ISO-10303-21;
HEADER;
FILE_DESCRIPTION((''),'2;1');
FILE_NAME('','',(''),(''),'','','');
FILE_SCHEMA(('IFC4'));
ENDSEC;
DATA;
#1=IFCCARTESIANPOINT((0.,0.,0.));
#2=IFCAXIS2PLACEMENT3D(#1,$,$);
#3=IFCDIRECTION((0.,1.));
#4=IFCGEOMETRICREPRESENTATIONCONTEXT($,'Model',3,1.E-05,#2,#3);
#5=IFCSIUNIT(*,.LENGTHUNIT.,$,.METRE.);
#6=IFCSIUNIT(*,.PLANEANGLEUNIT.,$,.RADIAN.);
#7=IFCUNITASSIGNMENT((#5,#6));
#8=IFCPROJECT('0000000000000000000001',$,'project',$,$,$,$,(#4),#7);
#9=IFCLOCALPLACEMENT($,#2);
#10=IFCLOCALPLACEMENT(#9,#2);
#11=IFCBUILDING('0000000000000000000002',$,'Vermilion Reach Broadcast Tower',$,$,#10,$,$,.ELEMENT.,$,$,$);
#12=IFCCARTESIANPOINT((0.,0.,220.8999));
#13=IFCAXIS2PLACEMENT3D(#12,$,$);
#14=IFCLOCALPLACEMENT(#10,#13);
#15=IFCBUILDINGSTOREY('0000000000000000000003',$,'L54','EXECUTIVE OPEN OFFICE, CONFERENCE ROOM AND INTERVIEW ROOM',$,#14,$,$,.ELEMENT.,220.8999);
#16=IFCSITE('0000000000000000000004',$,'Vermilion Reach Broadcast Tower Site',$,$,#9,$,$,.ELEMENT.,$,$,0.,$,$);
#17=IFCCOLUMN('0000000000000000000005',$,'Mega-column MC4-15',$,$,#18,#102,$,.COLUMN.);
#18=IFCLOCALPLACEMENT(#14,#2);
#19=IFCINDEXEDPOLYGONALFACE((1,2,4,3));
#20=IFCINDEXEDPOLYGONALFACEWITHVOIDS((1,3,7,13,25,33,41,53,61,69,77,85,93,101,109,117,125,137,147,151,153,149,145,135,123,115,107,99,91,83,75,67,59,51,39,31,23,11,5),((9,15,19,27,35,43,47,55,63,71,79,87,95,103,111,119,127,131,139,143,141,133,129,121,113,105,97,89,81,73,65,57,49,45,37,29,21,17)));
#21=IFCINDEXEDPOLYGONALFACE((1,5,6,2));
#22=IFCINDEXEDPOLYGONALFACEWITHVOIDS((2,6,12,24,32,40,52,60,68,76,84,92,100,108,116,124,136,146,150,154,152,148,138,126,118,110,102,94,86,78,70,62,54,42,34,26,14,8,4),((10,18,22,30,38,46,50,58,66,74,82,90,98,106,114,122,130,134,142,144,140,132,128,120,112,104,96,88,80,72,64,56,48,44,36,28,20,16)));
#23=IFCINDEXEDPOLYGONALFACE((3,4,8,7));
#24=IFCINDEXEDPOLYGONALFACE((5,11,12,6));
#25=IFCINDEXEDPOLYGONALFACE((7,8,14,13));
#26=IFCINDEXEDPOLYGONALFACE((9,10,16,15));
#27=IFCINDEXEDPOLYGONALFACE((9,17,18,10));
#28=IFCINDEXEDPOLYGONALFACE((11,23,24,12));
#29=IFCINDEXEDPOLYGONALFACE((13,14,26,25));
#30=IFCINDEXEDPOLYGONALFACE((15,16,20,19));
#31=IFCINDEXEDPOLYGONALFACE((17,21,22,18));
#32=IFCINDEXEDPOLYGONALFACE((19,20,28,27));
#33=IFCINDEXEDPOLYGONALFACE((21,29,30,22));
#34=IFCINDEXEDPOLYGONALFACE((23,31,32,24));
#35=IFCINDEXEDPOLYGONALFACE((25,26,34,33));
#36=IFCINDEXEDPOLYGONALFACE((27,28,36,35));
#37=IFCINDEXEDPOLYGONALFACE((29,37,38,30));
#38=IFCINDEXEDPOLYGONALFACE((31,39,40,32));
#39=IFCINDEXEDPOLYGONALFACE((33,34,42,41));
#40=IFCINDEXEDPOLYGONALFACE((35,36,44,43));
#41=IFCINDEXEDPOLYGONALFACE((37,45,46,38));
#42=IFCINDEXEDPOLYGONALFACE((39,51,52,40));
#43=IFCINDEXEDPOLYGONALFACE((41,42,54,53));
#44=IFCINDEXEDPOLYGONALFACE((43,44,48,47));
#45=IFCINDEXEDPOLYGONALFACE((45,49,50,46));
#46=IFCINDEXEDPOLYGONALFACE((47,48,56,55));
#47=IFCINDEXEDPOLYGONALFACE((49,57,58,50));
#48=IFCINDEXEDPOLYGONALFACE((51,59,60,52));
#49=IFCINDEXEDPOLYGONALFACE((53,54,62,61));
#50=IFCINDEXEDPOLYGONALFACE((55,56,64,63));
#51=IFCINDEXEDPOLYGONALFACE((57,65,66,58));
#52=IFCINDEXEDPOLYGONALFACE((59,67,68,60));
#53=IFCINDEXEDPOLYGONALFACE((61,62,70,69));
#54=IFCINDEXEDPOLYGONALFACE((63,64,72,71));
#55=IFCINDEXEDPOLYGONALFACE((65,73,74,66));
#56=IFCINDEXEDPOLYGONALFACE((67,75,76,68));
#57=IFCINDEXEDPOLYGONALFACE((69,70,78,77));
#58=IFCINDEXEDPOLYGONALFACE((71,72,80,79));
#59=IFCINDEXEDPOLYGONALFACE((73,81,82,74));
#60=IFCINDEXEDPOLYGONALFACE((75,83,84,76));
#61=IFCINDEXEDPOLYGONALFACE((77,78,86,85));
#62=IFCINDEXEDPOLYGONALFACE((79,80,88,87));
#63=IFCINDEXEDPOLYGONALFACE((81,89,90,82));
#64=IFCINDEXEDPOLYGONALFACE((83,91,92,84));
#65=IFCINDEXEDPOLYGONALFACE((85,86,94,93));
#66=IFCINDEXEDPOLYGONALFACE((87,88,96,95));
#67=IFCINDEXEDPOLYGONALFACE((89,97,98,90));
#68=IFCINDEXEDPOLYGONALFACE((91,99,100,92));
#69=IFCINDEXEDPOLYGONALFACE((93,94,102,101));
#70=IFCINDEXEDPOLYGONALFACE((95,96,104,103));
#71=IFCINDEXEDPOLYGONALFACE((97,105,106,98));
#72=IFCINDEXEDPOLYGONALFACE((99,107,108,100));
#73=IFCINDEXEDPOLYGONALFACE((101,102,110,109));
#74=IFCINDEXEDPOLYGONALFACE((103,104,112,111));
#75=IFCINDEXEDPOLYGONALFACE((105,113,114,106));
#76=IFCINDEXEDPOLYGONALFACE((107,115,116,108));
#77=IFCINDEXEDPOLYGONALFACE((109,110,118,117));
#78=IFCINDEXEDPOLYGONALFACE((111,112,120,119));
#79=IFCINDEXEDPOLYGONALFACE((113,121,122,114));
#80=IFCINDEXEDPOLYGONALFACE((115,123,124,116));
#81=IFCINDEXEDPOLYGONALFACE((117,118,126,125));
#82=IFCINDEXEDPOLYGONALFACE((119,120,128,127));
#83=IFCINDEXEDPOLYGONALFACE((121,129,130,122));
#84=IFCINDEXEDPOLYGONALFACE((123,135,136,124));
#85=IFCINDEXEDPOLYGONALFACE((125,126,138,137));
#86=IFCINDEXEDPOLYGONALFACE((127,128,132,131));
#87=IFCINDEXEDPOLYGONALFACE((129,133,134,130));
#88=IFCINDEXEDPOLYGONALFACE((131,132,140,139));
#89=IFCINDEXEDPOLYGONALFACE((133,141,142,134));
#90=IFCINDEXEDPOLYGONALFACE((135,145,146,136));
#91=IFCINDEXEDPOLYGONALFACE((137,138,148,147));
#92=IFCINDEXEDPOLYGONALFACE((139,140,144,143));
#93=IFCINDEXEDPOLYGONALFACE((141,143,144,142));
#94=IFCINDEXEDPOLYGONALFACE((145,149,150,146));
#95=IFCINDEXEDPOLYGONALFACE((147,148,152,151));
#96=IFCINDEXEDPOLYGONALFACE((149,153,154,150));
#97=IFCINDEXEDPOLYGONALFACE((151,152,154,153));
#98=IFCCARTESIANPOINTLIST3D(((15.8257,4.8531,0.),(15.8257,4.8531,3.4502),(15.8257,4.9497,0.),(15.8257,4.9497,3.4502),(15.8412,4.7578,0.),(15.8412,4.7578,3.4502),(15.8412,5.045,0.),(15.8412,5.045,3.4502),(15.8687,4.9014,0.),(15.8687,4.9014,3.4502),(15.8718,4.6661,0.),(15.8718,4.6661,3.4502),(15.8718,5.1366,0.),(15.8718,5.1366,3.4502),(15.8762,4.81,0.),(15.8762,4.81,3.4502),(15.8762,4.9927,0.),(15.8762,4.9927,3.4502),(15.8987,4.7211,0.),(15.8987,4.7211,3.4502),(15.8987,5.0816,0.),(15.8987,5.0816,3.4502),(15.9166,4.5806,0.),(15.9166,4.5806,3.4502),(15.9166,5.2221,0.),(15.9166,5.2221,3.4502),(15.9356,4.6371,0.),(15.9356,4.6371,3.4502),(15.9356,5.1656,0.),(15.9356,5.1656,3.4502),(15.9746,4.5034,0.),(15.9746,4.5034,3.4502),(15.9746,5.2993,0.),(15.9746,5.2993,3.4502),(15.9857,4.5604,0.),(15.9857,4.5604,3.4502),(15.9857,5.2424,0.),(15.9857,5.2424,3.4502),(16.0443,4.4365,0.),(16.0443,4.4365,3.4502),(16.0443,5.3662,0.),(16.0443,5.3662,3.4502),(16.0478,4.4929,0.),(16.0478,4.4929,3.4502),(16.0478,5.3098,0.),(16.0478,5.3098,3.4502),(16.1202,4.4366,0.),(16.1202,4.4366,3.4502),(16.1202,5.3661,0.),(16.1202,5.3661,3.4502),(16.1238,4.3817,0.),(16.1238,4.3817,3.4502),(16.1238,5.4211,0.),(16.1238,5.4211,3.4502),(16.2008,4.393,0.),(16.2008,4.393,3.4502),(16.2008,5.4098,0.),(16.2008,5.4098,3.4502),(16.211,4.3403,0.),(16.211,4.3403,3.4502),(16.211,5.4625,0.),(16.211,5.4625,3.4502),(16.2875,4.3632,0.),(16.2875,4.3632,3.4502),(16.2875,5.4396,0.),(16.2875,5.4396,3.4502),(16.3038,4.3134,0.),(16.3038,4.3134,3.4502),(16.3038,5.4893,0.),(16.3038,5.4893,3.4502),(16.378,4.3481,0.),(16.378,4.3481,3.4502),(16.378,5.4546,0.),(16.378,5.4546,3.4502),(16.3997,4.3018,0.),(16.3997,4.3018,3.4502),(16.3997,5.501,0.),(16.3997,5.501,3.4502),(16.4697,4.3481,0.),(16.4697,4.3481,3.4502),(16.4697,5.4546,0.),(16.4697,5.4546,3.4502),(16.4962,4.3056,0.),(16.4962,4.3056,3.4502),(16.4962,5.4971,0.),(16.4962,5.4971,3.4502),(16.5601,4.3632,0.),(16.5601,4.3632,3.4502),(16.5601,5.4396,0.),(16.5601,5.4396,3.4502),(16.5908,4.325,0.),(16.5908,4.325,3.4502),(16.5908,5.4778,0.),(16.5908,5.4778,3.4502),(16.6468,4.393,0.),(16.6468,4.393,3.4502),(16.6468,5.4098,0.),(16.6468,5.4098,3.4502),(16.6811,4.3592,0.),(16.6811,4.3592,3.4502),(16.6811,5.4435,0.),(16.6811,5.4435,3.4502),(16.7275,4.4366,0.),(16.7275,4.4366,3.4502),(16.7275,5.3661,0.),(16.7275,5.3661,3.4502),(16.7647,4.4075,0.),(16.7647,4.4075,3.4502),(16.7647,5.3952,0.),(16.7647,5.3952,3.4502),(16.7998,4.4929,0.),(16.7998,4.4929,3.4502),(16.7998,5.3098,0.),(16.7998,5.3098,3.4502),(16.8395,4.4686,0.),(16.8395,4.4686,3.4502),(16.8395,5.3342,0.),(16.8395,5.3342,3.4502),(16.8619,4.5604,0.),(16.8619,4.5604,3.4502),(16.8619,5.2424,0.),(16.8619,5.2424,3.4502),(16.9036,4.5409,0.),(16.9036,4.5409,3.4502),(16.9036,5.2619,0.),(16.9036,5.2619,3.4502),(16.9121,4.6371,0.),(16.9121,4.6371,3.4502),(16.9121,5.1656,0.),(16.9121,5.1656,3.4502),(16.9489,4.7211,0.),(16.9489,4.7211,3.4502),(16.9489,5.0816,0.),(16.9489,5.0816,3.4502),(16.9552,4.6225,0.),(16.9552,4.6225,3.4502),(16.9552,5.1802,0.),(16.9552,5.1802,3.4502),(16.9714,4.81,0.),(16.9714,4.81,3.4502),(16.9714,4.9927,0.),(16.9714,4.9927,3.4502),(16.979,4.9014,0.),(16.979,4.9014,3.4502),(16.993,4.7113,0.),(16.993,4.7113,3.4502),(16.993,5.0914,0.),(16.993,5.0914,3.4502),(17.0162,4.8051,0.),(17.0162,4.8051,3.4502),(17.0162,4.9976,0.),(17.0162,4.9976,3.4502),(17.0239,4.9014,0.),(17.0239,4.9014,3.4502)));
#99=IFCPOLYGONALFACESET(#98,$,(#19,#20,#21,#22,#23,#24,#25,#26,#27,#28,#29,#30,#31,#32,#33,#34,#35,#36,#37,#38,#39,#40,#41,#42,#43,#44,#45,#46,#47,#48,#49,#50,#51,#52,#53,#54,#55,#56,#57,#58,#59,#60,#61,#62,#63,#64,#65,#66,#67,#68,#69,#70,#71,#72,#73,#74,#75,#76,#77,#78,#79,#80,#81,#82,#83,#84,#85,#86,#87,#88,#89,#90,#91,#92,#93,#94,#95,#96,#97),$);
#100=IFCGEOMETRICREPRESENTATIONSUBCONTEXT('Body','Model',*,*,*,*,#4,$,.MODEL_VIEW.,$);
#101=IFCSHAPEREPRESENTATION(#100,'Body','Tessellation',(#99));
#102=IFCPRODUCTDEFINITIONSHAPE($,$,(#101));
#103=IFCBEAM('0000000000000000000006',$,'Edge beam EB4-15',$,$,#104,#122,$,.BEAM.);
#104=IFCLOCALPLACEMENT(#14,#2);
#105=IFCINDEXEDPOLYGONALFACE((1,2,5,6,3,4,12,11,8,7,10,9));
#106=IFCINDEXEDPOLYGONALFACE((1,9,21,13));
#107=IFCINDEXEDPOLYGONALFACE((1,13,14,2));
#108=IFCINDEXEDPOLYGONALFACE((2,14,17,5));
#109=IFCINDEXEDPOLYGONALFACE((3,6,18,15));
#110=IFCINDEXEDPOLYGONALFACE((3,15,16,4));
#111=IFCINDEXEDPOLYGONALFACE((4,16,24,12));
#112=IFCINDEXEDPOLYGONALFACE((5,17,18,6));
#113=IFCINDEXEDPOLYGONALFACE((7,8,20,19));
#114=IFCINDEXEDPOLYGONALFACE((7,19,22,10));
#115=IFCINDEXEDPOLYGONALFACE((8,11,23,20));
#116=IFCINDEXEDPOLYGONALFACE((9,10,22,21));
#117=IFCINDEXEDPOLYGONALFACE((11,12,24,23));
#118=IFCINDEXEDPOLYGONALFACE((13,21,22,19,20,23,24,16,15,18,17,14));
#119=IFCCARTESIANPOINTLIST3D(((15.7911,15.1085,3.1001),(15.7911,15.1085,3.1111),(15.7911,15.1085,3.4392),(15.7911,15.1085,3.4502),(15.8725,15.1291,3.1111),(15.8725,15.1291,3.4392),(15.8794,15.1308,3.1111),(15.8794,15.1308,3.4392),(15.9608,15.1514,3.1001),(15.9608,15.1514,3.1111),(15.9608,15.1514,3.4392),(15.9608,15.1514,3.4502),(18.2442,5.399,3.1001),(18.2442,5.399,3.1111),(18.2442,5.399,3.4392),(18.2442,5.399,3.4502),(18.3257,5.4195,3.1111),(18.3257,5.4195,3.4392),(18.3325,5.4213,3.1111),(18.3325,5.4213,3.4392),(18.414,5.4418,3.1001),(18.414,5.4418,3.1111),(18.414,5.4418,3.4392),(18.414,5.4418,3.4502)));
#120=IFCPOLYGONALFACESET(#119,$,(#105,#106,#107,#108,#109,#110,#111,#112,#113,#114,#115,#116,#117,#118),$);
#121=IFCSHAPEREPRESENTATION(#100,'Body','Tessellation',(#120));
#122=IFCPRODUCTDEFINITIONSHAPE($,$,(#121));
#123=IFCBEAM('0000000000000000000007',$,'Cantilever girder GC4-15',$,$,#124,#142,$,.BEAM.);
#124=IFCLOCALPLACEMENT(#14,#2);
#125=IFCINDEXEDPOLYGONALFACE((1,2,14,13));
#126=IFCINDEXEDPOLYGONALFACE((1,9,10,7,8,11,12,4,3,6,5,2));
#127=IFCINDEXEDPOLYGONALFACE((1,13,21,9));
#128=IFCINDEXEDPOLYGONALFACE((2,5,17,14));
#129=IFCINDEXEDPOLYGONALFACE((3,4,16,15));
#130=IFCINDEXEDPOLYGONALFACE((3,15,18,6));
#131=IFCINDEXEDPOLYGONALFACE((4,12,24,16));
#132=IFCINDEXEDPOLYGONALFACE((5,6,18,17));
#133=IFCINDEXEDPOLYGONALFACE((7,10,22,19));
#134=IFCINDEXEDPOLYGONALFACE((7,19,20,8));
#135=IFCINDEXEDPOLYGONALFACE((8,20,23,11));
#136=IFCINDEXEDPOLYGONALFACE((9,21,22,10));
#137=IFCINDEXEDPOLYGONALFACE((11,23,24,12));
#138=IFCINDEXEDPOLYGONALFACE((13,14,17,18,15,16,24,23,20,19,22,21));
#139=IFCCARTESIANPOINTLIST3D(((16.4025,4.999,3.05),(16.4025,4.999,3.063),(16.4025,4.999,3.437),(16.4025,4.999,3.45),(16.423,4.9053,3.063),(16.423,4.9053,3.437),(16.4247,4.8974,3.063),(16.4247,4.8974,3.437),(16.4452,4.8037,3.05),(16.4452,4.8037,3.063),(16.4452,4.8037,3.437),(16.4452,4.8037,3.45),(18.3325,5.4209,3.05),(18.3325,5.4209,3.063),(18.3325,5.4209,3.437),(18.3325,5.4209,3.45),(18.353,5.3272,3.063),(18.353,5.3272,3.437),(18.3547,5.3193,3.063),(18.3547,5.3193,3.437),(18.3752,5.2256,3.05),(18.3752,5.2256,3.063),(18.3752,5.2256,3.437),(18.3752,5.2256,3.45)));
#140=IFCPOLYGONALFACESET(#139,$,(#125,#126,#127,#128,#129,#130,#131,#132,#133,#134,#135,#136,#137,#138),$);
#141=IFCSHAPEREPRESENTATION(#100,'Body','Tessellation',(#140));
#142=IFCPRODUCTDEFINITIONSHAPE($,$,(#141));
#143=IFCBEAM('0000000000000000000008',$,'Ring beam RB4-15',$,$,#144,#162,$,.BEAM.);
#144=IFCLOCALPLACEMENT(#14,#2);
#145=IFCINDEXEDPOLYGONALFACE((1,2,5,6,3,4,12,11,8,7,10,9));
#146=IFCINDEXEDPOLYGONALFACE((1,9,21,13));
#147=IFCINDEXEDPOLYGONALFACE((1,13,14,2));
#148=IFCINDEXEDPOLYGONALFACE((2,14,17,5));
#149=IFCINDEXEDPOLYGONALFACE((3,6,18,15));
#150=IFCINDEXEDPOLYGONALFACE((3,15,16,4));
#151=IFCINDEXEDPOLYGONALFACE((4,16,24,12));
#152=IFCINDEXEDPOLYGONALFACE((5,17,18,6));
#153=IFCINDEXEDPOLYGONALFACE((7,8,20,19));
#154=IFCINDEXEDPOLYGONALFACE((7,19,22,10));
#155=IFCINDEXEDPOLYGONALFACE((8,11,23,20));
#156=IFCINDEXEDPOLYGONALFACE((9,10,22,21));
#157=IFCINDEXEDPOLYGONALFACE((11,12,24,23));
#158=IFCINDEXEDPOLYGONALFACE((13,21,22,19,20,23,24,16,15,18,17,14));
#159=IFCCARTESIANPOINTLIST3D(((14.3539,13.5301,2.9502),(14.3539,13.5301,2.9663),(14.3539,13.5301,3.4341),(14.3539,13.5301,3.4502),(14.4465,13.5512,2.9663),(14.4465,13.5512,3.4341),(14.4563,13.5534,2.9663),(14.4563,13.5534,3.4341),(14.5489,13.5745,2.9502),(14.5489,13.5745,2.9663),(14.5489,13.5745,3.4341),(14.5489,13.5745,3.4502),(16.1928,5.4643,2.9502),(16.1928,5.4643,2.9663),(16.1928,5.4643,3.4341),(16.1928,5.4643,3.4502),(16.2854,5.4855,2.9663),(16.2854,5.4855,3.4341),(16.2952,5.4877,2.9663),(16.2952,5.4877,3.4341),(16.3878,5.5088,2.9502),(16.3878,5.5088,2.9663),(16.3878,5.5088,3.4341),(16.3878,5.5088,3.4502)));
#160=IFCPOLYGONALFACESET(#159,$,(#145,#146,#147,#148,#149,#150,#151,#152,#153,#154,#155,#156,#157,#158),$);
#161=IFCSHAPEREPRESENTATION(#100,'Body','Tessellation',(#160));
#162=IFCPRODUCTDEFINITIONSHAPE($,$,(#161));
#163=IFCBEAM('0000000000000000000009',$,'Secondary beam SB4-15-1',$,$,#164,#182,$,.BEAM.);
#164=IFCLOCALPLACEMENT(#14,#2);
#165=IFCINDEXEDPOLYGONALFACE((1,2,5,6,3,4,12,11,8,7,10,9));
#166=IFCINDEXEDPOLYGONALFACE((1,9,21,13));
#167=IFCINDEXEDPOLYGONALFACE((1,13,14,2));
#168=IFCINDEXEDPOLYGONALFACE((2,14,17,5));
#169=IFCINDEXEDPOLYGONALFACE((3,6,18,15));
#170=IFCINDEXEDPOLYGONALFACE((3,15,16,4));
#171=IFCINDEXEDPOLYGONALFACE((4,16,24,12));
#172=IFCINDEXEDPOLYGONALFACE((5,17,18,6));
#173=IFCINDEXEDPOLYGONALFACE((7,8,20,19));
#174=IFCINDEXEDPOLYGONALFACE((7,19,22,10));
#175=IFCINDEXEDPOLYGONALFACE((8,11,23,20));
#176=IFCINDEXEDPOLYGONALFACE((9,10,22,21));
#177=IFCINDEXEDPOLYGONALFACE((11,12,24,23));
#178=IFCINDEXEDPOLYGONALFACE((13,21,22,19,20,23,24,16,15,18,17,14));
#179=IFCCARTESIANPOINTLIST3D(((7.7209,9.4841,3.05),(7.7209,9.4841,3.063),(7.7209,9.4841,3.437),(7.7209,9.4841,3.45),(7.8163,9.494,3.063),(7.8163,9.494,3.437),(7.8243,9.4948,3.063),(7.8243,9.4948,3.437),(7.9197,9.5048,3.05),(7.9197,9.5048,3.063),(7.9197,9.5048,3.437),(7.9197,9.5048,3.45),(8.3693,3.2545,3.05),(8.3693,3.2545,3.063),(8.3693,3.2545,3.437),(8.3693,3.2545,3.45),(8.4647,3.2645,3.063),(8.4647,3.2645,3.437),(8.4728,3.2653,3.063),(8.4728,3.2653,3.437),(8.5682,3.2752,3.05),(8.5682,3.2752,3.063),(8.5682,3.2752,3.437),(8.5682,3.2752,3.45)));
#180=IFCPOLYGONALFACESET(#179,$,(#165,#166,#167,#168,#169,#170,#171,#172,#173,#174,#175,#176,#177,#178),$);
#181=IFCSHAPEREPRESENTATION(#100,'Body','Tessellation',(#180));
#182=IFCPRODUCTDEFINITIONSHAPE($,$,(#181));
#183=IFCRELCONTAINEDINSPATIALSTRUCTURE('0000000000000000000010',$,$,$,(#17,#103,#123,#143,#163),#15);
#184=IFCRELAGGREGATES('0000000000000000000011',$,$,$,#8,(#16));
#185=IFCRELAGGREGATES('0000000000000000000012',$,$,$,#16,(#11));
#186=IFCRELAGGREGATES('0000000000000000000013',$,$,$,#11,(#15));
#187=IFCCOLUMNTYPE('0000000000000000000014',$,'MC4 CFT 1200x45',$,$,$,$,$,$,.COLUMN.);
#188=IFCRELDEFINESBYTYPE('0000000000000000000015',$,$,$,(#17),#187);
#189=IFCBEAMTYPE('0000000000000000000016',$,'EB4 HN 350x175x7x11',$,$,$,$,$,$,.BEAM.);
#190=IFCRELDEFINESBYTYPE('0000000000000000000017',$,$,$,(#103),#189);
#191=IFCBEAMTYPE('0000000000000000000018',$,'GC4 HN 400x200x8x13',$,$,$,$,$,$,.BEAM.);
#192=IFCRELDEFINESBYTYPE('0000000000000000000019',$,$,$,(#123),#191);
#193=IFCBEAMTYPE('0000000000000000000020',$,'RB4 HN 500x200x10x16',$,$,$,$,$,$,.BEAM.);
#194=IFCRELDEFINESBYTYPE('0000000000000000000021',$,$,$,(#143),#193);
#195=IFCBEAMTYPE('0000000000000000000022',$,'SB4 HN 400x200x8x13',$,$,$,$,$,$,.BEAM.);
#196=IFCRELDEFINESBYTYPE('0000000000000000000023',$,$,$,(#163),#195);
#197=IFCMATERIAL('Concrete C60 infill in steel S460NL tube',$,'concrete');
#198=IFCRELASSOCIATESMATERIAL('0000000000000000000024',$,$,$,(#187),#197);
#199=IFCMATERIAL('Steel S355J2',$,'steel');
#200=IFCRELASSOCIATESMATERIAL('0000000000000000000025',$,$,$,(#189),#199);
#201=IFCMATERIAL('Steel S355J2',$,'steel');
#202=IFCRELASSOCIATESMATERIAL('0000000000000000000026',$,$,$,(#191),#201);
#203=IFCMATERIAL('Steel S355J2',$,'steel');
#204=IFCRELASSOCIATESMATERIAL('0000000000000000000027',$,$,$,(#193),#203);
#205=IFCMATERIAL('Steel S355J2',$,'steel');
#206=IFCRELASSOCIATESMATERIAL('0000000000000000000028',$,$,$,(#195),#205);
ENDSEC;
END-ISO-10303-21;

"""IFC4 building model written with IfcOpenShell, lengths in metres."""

from ifc_helpers import new_model, si_unit, direction, frame, origin, origin_2d, place, context, subcontext, project, spatial, hollow_circle, i_section, extrude, material, material_profile, profile_set, type_object, element, save


model = new_model("IFC4")

# Units and contexts
model_context = context("Model", 3, precision=1e-05, world=origin(), true_north=direction((0.0, 1.0)))
body_context = subcontext(model_context, "Body", "Model", "MODEL_VIEW")
ifc_project = project(units=[si_unit("LENGTHUNIT", "METRE"), si_unit("PLANEANGLEUNIT", "RADIAN")], contexts=[model_context])

# Site, building, storey
site_placement = place(None, origin())
site = spatial("IfcSite", under=ifc_project, at=site_placement, Name="Vermilion Reach Broadcast Tower Site", CompositionType="ELEMENT", RefElevation=0.0)
building_placement = place(site_placement, origin())
building = spatial("IfcBuilding", under=site, at=building_placement, Name="Vermilion Reach Broadcast Tower", CompositionType="ELEMENT")
storey_placement = place(building_placement, frame((0.0, 0.0, 220.8999)))
storey = spatial("IfcBuildingStorey", under=building, at=storey_placement, Name="L54", Description="EXECUTIVE OPEN OFFICE, CONFERENCE ROOM AND INTERVIEW ROOM", CompositionType="ELEMENT", Elevation=220.8999)

# Column
ifc_material_1 = material(Name="Concrete C60 infill in steel S460NL tube", Category="concrete")
ifc_material_profile_1 = material_profile(ifc_material_1, hollow_circle(Radius=0.6001, WallThickness=0.0449, at=origin_2d()), Name="Concrete C60 infill in steel S460NL tube CFT 1200x45")
ifc_profile_set_1 = profile_set([ifc_material_profile_1], Name="Concrete C60 infill in steel S460NL tube")
column_type = type_object("IfcColumnType", Name="MC4 CFT 1200x45", PredefinedType="COLUMN", material=ifc_profile_set_1)
column_placement = place(storey_placement, frame((16.4238, 4.9014, 0.0), z_axis=(0.0, 0.0, 1.0), x_axis=(1.0, 0.0, 0.0)))
element("IfcColumn", 1, at=column_placement, inside=storey, type_object=column_type, Name="Mega-column MC4-15", PredefinedType="COLUMN", context=body_context, shape_type="SweptSolid", body=[
    extrude(hollow_circle(Radius=0.6001, WallThickness=0.0449, at=origin_2d()), origin(), (0.0, 0.0, 1.0), 3.4502),
])

# Beams
ifc_material_2 = material(Name="Steel S355J2", Category="steel")
ifc_material_profile_2 = material_profile(ifc_material_2, i_section(OverallWidth=0.175, OverallDepth=0.3501, WebThickness=0.0071, FlangeThickness=0.011, at=origin_2d()), Name="S355J2 HN 350x175x7x11")
ifc_profile_set_2 = profile_set([ifc_material_profile_2], Name="Steel S355J2")
beam_type_1 = type_object("IfcBeamType", Name="EB4 HN 350x175x7x11", PredefinedType="BEAM", material=ifc_profile_set_2)
beam_1_placement = place(storey_placement, frame((18.3291, 5.4204, 3.2751), z_axis=(-0.244956, 0.969534, 0.0), x_axis=(-0.969534, -0.244956, 0.0)))
element("IfcBeam", 2, at=beam_1_placement, inside=storey, type_object=beam_type_1, Name="Edge beam EB4-15", PredefinedType="BEAM", context=body_context, shape_type="SweptSolid", body=[
    extrude(i_section(OverallWidth=0.175, OverallDepth=0.3501, WebThickness=0.0071, FlangeThickness=0.011, at=origin_2d()), origin(), (0.0, 0.0, 1.0), 10.0146),
])
ifc_material_3 = material(Name="Steel S355J2", Category="steel")
ifc_material_profile_3 = material_profile(ifc_material_3, i_section(OverallWidth=0.2, OverallDepth=0.3999, WebThickness=0.0081, FlangeThickness=0.0129, at=origin_2d()), Name="S355J2 HN 400x200x8x13")
ifc_profile_set_3 = profile_set([ifc_material_profile_3], Name="Steel S355J2")
beam_type_2 = type_object("IfcBeamType", Name="GC4 HN 400x200x8x13", PredefinedType="BEAM", material=ifc_profile_set_3)
beam_2_placement = place(storey_placement, frame((16.4238, 4.9014, 3.25), z_axis=(0.976931, 0.213553, 0.0), x_axis=(-0.213553, 0.976931, 0.0)))
element("IfcBeam", 3, at=beam_2_placement, inside=storey, type_object=beam_type_2, Name="Cantilever girder GC4-15", PredefinedType="BEAM", context=body_context, shape_type="SweptSolid", body=[
    extrude(i_section(OverallWidth=0.2, OverallDepth=0.3999, WebThickness=0.0081, FlangeThickness=0.0129, at=origin_2d()), origin(), (0.0, 0.0, 1.0), 1.9756),
])
ifc_material_4 = material(Name="Steel S355J2", Category="steel")
ifc_material_profile_4 = material_profile(ifc_material_4, i_section(OverallWidth=0.2, OverallDepth=0.5, WebThickness=0.01, FlangeThickness=0.0161, at=origin_2d()), Name="S355J2 HN 500x200x10x16")
ifc_profile_set_4 = profile_set([ifc_material_profile_4], Name="Steel S355J2")
beam_type_3 = type_object("IfcBeamType", Name="RB4 HN 500x200x10x16", PredefinedType="BEAM", material=ifc_profile_set_4)
beam_3_placement = place(storey_placement, frame((16.2903, 5.4866, 3.2002), z_axis=(-0.222283, 0.974982, 0.0), x_axis=(-0.974982, -0.222283, 0.0)))
element("IfcBeam", 4, at=beam_3_placement, inside=storey, type_object=beam_type_3, Name="Ring beam RB4-15", PredefinedType="BEAM", context=body_context, shape_type="SweptSolid", body=[
    extrude(i_section(OverallWidth=0.2, OverallDepth=0.5, WebThickness=0.01, FlangeThickness=0.0161, at=origin_2d()), origin(), (0.0, 0.0, 1.0), 8.2727),
])
ifc_material_5 = material(Name="Steel S355J2", Category="steel")
ifc_material_profile_5 = material_profile(ifc_material_5, i_section(OverallWidth=0.2, OverallDepth=0.3999, WebThickness=0.0081, FlangeThickness=0.0129, at=origin_2d()), Name="S355J2 HN 400x200x8x13")
ifc_profile_set_5 = profile_set([ifc_material_profile_5], Name="Steel S355J2")
beam_type_4 = type_object("IfcBeamType", Name="SB4 HN 400x200x8x13", PredefinedType="BEAM", material=ifc_profile_set_5)
beam_4_placement = place(storey_placement, frame((8.4688, 3.2649, 3.25), z_axis=(-0.103532, 0.994626, 0.0), x_axis=(-0.994626, -0.103532, 0.0)))
element("IfcBeam", 5, at=beam_4_placement, inside=storey, type_object=beam_type_4, Name="Secondary beam SB4-15-1", PredefinedType="BEAM", context=body_context, shape_type="SweptSolid", body=[
    extrude(i_section(OverallWidth=0.2, OverallDepth=0.3999, WebThickness=0.0081, FlangeThickness=0.0129, at=origin_2d()), origin(), (0.0, 0.0, 1.0), 6.2632),
])

save(model, "model.ifc")
